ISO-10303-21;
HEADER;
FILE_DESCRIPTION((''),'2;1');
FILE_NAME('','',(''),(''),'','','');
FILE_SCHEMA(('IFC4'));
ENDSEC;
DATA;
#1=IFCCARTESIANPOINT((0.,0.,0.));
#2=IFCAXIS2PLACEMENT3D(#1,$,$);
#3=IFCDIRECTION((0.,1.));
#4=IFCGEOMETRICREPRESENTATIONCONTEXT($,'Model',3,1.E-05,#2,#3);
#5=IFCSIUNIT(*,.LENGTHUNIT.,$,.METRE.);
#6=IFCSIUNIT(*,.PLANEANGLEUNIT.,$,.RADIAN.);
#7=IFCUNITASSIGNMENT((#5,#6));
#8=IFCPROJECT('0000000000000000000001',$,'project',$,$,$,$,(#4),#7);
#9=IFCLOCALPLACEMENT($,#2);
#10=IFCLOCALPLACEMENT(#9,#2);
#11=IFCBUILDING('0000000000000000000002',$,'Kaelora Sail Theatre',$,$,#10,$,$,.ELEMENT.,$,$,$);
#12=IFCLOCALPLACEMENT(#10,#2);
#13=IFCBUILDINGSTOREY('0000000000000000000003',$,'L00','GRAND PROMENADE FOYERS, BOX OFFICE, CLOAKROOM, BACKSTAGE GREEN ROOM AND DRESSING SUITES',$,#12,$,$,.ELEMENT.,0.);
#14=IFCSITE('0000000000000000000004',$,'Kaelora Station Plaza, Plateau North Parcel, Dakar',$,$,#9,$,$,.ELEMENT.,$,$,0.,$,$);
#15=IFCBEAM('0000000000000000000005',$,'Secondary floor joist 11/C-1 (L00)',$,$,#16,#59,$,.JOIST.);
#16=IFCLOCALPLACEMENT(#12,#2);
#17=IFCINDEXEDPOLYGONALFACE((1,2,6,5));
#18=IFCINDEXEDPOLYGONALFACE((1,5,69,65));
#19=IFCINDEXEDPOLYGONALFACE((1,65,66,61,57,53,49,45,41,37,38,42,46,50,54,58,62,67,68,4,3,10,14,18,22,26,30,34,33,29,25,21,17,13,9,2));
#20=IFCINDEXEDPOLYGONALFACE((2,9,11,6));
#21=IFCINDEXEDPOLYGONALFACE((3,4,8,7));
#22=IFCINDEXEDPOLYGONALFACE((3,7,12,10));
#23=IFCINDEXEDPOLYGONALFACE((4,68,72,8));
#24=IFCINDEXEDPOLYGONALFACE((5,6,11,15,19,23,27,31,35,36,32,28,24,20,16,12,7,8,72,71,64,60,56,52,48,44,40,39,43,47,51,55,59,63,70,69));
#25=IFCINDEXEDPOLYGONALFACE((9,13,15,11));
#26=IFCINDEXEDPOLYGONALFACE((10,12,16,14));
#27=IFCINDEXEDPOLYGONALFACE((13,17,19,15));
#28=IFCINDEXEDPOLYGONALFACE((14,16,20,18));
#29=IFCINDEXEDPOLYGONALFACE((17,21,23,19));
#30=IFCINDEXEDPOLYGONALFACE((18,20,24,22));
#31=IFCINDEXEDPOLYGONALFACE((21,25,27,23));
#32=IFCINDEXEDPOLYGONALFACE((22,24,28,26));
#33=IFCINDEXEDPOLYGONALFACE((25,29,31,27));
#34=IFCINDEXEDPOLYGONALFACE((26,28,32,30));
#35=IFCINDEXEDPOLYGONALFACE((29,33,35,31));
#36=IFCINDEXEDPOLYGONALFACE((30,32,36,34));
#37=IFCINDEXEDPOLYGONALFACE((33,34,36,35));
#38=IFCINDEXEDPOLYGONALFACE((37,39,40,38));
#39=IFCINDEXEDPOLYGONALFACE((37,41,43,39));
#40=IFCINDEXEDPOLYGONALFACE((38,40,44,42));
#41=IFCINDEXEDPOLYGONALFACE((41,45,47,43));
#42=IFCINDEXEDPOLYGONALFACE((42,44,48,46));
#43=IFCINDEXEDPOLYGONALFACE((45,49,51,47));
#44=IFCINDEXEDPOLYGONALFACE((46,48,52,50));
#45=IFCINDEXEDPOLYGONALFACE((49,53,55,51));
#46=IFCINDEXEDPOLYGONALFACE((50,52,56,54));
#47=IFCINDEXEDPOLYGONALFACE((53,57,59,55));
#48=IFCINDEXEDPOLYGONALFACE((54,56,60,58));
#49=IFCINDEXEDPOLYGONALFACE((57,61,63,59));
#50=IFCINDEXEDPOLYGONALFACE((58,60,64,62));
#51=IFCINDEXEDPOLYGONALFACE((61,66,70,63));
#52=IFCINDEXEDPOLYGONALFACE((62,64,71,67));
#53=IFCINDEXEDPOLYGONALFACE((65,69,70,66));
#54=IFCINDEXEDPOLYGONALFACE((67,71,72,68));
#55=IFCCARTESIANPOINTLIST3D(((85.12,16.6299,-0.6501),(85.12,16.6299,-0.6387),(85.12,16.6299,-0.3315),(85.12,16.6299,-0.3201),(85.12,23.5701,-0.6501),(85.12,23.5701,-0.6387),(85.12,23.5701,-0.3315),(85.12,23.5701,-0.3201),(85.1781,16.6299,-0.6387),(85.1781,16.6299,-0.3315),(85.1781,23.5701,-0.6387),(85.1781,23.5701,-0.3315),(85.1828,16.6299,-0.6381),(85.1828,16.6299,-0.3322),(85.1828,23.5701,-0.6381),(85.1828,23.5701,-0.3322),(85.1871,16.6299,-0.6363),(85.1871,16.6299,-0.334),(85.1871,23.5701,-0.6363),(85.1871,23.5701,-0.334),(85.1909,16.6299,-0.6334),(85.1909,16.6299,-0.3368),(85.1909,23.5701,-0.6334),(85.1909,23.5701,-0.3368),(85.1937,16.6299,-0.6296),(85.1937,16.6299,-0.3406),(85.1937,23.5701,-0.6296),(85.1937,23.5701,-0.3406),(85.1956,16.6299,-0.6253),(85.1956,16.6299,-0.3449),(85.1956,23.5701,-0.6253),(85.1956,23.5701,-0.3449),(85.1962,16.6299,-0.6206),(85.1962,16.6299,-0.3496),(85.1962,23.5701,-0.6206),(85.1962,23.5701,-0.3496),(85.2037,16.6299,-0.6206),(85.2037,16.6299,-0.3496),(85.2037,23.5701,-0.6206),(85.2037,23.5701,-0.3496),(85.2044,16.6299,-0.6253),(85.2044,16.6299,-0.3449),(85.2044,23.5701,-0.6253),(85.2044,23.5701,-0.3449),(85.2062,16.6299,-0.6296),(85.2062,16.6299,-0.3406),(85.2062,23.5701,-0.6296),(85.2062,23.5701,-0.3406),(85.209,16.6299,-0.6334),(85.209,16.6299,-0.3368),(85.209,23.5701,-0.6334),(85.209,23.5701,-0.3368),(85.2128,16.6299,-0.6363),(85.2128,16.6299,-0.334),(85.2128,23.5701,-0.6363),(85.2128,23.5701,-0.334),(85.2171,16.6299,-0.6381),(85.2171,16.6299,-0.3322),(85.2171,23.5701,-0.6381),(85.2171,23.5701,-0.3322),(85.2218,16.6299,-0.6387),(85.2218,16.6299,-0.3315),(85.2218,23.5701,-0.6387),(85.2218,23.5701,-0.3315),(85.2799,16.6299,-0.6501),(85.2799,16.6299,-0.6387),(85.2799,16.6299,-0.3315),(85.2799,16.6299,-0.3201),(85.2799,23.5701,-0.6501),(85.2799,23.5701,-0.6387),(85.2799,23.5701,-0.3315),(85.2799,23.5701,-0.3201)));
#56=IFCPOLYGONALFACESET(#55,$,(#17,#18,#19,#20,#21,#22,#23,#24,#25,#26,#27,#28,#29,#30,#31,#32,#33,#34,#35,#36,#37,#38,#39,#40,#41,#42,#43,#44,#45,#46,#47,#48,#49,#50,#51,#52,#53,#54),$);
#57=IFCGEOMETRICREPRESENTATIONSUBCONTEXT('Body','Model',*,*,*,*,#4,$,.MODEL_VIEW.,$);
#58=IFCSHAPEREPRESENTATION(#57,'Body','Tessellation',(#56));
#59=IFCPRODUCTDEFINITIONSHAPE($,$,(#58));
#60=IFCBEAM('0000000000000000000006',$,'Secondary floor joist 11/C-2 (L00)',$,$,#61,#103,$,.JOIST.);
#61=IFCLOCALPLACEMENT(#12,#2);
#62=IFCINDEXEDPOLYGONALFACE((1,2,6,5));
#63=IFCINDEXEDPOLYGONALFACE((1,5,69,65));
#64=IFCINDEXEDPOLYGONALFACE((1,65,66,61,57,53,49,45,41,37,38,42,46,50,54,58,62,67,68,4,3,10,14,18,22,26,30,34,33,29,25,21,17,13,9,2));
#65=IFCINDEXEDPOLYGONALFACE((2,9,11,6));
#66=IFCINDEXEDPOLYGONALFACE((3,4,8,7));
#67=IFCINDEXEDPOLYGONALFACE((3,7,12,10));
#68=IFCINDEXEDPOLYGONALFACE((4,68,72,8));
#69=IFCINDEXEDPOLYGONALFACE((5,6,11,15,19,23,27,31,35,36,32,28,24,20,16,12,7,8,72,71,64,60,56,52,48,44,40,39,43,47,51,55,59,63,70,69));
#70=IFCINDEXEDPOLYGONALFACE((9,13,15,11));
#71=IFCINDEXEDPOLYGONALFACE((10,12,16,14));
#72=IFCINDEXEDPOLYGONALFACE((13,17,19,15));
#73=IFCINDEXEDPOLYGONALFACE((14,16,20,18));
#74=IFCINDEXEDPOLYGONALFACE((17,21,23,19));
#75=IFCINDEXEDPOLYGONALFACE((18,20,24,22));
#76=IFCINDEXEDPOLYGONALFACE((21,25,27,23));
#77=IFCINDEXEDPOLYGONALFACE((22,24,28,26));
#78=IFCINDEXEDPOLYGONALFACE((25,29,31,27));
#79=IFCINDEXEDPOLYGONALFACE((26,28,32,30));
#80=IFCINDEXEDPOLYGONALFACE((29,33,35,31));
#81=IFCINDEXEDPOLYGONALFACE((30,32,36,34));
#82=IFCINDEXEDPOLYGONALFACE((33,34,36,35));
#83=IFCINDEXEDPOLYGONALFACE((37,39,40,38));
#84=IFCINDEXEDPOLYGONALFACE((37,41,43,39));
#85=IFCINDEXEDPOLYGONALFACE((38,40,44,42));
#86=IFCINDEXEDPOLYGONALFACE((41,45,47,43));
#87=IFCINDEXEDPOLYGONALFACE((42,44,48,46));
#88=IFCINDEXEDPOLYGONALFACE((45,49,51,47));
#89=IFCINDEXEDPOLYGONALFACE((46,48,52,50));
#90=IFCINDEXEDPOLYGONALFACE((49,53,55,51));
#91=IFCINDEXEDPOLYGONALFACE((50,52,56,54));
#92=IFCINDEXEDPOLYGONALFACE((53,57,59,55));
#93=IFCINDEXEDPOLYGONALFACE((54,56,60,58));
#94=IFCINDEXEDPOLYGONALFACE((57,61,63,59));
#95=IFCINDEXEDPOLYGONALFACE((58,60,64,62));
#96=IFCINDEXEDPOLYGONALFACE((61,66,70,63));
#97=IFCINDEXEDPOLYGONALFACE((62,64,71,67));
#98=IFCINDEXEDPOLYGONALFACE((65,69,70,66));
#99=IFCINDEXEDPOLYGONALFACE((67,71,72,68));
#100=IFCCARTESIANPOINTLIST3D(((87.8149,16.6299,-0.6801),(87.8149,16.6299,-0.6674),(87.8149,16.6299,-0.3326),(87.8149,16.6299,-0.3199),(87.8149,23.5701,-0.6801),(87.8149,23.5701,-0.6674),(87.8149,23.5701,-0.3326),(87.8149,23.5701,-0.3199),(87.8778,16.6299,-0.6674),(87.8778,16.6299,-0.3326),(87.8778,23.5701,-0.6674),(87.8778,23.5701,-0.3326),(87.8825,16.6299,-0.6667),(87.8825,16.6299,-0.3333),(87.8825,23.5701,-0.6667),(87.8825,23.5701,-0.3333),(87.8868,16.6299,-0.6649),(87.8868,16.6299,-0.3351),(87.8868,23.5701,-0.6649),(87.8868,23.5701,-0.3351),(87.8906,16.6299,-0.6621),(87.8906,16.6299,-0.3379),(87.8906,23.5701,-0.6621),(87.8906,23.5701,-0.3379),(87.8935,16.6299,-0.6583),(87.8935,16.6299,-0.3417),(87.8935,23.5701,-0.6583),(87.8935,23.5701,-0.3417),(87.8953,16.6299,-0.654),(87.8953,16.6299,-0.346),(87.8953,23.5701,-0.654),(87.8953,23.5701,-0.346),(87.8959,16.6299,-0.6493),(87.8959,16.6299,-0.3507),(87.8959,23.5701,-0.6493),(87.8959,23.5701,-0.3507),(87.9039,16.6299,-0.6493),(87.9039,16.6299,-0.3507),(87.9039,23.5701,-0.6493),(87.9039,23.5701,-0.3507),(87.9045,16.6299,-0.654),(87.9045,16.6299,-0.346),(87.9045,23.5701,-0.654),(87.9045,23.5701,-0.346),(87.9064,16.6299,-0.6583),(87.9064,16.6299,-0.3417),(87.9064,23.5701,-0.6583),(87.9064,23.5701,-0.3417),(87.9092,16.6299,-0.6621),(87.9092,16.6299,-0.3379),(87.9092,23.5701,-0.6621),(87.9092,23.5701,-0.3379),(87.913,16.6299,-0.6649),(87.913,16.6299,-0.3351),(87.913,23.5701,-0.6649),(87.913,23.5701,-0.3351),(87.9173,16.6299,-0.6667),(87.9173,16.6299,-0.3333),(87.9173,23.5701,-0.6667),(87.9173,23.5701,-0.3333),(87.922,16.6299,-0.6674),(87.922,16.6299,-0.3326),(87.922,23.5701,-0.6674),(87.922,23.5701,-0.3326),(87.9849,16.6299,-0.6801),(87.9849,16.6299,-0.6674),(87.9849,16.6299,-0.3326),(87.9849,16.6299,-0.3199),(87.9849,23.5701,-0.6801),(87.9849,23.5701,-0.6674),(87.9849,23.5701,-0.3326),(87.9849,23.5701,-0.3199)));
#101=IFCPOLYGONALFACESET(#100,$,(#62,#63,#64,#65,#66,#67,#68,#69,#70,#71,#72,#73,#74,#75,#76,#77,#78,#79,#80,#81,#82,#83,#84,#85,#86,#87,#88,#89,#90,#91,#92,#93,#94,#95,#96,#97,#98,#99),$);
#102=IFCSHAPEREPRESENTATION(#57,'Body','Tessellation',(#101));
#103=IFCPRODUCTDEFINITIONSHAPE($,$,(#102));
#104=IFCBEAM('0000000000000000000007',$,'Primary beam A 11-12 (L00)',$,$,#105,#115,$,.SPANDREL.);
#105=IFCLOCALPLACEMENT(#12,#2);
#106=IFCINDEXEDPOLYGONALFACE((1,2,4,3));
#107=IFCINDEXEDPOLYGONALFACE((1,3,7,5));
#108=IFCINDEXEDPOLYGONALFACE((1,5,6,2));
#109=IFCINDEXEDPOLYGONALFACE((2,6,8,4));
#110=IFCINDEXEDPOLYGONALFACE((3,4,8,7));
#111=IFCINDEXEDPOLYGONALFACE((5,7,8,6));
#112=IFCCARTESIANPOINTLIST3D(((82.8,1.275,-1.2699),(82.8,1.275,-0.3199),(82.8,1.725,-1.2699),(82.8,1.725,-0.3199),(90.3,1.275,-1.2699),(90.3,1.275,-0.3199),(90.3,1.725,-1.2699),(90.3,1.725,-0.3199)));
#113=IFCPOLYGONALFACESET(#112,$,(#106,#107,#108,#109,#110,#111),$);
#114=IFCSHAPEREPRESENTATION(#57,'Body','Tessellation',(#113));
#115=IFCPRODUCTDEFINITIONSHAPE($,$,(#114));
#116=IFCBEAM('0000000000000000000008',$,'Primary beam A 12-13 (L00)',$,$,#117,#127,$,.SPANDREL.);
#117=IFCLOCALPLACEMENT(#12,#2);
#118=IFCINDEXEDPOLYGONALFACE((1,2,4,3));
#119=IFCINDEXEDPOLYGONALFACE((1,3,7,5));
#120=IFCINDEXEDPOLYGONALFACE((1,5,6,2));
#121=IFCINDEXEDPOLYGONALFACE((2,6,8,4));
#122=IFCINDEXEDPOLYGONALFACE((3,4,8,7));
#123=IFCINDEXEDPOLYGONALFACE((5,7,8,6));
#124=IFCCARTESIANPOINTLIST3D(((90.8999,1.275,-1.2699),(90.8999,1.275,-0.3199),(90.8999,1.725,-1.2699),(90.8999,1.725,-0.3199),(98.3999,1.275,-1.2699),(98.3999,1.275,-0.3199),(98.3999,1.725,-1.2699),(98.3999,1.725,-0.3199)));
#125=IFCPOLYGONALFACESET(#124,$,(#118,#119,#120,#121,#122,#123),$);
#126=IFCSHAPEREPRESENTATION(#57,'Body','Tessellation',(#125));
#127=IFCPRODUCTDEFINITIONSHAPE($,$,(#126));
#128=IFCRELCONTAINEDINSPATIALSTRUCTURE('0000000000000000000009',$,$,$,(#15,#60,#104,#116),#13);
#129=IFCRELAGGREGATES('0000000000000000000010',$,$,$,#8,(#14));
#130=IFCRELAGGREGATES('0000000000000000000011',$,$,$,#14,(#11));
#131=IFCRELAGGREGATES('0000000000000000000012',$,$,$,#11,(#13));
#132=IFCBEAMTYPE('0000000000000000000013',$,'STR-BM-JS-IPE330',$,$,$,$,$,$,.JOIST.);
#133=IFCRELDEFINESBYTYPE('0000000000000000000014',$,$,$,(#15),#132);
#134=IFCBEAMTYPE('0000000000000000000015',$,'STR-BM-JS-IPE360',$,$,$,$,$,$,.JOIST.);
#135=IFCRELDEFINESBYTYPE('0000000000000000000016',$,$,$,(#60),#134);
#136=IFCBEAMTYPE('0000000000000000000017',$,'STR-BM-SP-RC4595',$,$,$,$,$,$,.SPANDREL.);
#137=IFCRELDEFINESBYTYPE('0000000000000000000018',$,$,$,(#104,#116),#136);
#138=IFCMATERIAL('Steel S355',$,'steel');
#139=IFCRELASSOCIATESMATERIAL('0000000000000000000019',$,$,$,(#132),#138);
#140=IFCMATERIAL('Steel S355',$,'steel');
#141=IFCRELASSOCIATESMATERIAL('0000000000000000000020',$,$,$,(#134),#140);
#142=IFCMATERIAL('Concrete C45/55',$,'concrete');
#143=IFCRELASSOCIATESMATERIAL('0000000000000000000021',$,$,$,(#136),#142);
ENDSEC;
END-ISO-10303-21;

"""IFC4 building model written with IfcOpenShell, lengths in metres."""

from ifc_helpers import new_model, si_unit, direction, frame, origin, origin_2d, place, context, subcontext, project, spatial, rectangle, i_section, extrude, material, material_profile, profile_set, type_object, element, save


model = new_model("IFC4")

# Units and contexts
model_context = context("Model", 3, precision=1e-05, world=origin(), true_north=direction((0.0, 1.0)))
body_context = subcontext(model_context, "Body", "Model", "MODEL_VIEW")
ifc_project = project(units=[si_unit("LENGTHUNIT", "METRE"), si_unit("PLANEANGLEUNIT", "RADIAN")], contexts=[model_context])

# Site, building, storey
site_placement = place(None, origin())
site = spatial("IfcSite", under=ifc_project, at=site_placement, Name="Kaelora Station Plaza, Plateau North Parcel, Dakar", CompositionType="ELEMENT", RefElevation=0.0)
building_placement = place(site_placement, origin())
building = spatial("IfcBuilding", under=site, at=building_placement, Name="Kaelora Sail Theatre", CompositionType="ELEMENT")
storey_placement = place(building_placement, origin())
storey = spatial("IfcBuildingStorey", under=building, at=storey_placement, Name="L00", Description="GRAND PROMENADE FOYERS, BOX OFFICE, CLOAKROOM, BACKSTAGE GREEN ROOM AND DRESSING SUITES", CompositionType="ELEMENT", Elevation=0.0)

# Beams
ifc_material_1 = material(Name="Steel S355", Category="steel")
ifc_material_profile_1 = material_profile(ifc_material_1, i_section(OverallWidth=0.1599, OverallDepth=0.3301, WebThickness=0.0076, FlangeThickness=0.0115, FilletRadius=0.0181, at=origin_2d()), Name="IPE 330")
ifc_profile_set_1 = profile_set([ifc_material_profile_1], Name="Steel S355")
beam_type_1 = type_object("IfcBeamType", Name="STR-BM-JS-IPE330", PredefinedType="JOIST", material=ifc_profile_set_1)
beam_1_placement = place(storey_placement, frame((85.2, 16.6299, -0.4851), z_axis=(0.0, 1.0, 0.0), x_axis=(-1.0, 0.0, 0.0)))
element("IfcBeam", 1, at=beam_1_placement, inside=storey, type_object=beam_type_1, Name="Secondary floor joist 11/C-1 (L00)", PredefinedType="JOIST", context=body_context, shape_type="SweptSolid", body=[
    extrude(i_section(OverallWidth=0.1599, OverallDepth=0.3301, WebThickness=0.0076, FlangeThickness=0.0115, FilletRadius=0.0181, at=origin_2d()), origin(), (0.0, 0.0, 1.0), 6.9402),
])
ifc_material_2 = material(Name="Steel S355", Category="steel")
ifc_material_profile_2 = material_profile(ifc_material_2, i_section(OverallWidth=0.1699, OverallDepth=0.3601, WebThickness=0.0081, FlangeThickness=0.0127, FilletRadius=0.0181, at=origin_2d()), Name="IPE 360")
ifc_profile_set_2 = profile_set([ifc_material_profile_2], Name="Steel S355")
beam_type_2 = type_object("IfcBeamType", Name="STR-BM-JS-IPE360", PredefinedType="JOIST", material=ifc_profile_set_2)
beam_2_placement = place(storey_placement, frame((87.8999, 16.6299, -0.5), z_axis=(0.0, 1.0, 0.0), x_axis=(-1.0, 0.0, 0.0)))
element("IfcBeam", 2, at=beam_2_placement, inside=storey, type_object=beam_type_2, Name="Secondary floor joist 11/C-2 (L00)", PredefinedType="JOIST", context=body_context, shape_type="SweptSolid", body=[
    extrude(i_section(OverallWidth=0.1699, OverallDepth=0.3601, WebThickness=0.0081, FlangeThickness=0.0127, FilletRadius=0.0181, at=origin_2d()), origin(), (0.0, 0.0, 1.0), 6.9402),
])
ifc_material_3 = material(Name="Concrete C45/55", Category="concrete")
ifc_material_profile_3 = material_profile(ifc_material_3, rectangle(XDim=0.45, YDim=0.95, at=origin_2d()), Name="RC-SPN 450x950")
ifc_profile_set_3 = profile_set([ifc_material_profile_3], Name="Concrete C45/55")
beam_type_3 = type_object("IfcBeamType", Name="STR-BM-SP-RC4595", PredefinedType="SPANDREL", material=ifc_profile_set_3)
for number, where, z_axis, x_axis, name in (
    (3, (82.8, 1.5, -0.7949), (1.0, 0.0, 0.0), (0.0, 1.0, 0.0), "Primary beam A 11-12 (L00)"),
    (4, (90.8999, 1.5, -0.7949), (1.0, 0.0, 0.0), (0.0, 1.0, 0.0), "Primary beam A 12-13 (L00)"),
):
    element("IfcBeam", number, at=place(storey_placement, frame(where, z_axis=z_axis, x_axis=x_axis)), inside=storey, type_object=beam_type_3, Name=name, PredefinedType="SPANDREL", context=body_context, shape_type="SweptSolid", body=[
        extrude(rectangle(XDim=0.45, YDim=0.95, at=origin_2d()), origin(), (0.0, 0.0, 1.0), 7.5),
    ])

save(model, "model.ifc")
